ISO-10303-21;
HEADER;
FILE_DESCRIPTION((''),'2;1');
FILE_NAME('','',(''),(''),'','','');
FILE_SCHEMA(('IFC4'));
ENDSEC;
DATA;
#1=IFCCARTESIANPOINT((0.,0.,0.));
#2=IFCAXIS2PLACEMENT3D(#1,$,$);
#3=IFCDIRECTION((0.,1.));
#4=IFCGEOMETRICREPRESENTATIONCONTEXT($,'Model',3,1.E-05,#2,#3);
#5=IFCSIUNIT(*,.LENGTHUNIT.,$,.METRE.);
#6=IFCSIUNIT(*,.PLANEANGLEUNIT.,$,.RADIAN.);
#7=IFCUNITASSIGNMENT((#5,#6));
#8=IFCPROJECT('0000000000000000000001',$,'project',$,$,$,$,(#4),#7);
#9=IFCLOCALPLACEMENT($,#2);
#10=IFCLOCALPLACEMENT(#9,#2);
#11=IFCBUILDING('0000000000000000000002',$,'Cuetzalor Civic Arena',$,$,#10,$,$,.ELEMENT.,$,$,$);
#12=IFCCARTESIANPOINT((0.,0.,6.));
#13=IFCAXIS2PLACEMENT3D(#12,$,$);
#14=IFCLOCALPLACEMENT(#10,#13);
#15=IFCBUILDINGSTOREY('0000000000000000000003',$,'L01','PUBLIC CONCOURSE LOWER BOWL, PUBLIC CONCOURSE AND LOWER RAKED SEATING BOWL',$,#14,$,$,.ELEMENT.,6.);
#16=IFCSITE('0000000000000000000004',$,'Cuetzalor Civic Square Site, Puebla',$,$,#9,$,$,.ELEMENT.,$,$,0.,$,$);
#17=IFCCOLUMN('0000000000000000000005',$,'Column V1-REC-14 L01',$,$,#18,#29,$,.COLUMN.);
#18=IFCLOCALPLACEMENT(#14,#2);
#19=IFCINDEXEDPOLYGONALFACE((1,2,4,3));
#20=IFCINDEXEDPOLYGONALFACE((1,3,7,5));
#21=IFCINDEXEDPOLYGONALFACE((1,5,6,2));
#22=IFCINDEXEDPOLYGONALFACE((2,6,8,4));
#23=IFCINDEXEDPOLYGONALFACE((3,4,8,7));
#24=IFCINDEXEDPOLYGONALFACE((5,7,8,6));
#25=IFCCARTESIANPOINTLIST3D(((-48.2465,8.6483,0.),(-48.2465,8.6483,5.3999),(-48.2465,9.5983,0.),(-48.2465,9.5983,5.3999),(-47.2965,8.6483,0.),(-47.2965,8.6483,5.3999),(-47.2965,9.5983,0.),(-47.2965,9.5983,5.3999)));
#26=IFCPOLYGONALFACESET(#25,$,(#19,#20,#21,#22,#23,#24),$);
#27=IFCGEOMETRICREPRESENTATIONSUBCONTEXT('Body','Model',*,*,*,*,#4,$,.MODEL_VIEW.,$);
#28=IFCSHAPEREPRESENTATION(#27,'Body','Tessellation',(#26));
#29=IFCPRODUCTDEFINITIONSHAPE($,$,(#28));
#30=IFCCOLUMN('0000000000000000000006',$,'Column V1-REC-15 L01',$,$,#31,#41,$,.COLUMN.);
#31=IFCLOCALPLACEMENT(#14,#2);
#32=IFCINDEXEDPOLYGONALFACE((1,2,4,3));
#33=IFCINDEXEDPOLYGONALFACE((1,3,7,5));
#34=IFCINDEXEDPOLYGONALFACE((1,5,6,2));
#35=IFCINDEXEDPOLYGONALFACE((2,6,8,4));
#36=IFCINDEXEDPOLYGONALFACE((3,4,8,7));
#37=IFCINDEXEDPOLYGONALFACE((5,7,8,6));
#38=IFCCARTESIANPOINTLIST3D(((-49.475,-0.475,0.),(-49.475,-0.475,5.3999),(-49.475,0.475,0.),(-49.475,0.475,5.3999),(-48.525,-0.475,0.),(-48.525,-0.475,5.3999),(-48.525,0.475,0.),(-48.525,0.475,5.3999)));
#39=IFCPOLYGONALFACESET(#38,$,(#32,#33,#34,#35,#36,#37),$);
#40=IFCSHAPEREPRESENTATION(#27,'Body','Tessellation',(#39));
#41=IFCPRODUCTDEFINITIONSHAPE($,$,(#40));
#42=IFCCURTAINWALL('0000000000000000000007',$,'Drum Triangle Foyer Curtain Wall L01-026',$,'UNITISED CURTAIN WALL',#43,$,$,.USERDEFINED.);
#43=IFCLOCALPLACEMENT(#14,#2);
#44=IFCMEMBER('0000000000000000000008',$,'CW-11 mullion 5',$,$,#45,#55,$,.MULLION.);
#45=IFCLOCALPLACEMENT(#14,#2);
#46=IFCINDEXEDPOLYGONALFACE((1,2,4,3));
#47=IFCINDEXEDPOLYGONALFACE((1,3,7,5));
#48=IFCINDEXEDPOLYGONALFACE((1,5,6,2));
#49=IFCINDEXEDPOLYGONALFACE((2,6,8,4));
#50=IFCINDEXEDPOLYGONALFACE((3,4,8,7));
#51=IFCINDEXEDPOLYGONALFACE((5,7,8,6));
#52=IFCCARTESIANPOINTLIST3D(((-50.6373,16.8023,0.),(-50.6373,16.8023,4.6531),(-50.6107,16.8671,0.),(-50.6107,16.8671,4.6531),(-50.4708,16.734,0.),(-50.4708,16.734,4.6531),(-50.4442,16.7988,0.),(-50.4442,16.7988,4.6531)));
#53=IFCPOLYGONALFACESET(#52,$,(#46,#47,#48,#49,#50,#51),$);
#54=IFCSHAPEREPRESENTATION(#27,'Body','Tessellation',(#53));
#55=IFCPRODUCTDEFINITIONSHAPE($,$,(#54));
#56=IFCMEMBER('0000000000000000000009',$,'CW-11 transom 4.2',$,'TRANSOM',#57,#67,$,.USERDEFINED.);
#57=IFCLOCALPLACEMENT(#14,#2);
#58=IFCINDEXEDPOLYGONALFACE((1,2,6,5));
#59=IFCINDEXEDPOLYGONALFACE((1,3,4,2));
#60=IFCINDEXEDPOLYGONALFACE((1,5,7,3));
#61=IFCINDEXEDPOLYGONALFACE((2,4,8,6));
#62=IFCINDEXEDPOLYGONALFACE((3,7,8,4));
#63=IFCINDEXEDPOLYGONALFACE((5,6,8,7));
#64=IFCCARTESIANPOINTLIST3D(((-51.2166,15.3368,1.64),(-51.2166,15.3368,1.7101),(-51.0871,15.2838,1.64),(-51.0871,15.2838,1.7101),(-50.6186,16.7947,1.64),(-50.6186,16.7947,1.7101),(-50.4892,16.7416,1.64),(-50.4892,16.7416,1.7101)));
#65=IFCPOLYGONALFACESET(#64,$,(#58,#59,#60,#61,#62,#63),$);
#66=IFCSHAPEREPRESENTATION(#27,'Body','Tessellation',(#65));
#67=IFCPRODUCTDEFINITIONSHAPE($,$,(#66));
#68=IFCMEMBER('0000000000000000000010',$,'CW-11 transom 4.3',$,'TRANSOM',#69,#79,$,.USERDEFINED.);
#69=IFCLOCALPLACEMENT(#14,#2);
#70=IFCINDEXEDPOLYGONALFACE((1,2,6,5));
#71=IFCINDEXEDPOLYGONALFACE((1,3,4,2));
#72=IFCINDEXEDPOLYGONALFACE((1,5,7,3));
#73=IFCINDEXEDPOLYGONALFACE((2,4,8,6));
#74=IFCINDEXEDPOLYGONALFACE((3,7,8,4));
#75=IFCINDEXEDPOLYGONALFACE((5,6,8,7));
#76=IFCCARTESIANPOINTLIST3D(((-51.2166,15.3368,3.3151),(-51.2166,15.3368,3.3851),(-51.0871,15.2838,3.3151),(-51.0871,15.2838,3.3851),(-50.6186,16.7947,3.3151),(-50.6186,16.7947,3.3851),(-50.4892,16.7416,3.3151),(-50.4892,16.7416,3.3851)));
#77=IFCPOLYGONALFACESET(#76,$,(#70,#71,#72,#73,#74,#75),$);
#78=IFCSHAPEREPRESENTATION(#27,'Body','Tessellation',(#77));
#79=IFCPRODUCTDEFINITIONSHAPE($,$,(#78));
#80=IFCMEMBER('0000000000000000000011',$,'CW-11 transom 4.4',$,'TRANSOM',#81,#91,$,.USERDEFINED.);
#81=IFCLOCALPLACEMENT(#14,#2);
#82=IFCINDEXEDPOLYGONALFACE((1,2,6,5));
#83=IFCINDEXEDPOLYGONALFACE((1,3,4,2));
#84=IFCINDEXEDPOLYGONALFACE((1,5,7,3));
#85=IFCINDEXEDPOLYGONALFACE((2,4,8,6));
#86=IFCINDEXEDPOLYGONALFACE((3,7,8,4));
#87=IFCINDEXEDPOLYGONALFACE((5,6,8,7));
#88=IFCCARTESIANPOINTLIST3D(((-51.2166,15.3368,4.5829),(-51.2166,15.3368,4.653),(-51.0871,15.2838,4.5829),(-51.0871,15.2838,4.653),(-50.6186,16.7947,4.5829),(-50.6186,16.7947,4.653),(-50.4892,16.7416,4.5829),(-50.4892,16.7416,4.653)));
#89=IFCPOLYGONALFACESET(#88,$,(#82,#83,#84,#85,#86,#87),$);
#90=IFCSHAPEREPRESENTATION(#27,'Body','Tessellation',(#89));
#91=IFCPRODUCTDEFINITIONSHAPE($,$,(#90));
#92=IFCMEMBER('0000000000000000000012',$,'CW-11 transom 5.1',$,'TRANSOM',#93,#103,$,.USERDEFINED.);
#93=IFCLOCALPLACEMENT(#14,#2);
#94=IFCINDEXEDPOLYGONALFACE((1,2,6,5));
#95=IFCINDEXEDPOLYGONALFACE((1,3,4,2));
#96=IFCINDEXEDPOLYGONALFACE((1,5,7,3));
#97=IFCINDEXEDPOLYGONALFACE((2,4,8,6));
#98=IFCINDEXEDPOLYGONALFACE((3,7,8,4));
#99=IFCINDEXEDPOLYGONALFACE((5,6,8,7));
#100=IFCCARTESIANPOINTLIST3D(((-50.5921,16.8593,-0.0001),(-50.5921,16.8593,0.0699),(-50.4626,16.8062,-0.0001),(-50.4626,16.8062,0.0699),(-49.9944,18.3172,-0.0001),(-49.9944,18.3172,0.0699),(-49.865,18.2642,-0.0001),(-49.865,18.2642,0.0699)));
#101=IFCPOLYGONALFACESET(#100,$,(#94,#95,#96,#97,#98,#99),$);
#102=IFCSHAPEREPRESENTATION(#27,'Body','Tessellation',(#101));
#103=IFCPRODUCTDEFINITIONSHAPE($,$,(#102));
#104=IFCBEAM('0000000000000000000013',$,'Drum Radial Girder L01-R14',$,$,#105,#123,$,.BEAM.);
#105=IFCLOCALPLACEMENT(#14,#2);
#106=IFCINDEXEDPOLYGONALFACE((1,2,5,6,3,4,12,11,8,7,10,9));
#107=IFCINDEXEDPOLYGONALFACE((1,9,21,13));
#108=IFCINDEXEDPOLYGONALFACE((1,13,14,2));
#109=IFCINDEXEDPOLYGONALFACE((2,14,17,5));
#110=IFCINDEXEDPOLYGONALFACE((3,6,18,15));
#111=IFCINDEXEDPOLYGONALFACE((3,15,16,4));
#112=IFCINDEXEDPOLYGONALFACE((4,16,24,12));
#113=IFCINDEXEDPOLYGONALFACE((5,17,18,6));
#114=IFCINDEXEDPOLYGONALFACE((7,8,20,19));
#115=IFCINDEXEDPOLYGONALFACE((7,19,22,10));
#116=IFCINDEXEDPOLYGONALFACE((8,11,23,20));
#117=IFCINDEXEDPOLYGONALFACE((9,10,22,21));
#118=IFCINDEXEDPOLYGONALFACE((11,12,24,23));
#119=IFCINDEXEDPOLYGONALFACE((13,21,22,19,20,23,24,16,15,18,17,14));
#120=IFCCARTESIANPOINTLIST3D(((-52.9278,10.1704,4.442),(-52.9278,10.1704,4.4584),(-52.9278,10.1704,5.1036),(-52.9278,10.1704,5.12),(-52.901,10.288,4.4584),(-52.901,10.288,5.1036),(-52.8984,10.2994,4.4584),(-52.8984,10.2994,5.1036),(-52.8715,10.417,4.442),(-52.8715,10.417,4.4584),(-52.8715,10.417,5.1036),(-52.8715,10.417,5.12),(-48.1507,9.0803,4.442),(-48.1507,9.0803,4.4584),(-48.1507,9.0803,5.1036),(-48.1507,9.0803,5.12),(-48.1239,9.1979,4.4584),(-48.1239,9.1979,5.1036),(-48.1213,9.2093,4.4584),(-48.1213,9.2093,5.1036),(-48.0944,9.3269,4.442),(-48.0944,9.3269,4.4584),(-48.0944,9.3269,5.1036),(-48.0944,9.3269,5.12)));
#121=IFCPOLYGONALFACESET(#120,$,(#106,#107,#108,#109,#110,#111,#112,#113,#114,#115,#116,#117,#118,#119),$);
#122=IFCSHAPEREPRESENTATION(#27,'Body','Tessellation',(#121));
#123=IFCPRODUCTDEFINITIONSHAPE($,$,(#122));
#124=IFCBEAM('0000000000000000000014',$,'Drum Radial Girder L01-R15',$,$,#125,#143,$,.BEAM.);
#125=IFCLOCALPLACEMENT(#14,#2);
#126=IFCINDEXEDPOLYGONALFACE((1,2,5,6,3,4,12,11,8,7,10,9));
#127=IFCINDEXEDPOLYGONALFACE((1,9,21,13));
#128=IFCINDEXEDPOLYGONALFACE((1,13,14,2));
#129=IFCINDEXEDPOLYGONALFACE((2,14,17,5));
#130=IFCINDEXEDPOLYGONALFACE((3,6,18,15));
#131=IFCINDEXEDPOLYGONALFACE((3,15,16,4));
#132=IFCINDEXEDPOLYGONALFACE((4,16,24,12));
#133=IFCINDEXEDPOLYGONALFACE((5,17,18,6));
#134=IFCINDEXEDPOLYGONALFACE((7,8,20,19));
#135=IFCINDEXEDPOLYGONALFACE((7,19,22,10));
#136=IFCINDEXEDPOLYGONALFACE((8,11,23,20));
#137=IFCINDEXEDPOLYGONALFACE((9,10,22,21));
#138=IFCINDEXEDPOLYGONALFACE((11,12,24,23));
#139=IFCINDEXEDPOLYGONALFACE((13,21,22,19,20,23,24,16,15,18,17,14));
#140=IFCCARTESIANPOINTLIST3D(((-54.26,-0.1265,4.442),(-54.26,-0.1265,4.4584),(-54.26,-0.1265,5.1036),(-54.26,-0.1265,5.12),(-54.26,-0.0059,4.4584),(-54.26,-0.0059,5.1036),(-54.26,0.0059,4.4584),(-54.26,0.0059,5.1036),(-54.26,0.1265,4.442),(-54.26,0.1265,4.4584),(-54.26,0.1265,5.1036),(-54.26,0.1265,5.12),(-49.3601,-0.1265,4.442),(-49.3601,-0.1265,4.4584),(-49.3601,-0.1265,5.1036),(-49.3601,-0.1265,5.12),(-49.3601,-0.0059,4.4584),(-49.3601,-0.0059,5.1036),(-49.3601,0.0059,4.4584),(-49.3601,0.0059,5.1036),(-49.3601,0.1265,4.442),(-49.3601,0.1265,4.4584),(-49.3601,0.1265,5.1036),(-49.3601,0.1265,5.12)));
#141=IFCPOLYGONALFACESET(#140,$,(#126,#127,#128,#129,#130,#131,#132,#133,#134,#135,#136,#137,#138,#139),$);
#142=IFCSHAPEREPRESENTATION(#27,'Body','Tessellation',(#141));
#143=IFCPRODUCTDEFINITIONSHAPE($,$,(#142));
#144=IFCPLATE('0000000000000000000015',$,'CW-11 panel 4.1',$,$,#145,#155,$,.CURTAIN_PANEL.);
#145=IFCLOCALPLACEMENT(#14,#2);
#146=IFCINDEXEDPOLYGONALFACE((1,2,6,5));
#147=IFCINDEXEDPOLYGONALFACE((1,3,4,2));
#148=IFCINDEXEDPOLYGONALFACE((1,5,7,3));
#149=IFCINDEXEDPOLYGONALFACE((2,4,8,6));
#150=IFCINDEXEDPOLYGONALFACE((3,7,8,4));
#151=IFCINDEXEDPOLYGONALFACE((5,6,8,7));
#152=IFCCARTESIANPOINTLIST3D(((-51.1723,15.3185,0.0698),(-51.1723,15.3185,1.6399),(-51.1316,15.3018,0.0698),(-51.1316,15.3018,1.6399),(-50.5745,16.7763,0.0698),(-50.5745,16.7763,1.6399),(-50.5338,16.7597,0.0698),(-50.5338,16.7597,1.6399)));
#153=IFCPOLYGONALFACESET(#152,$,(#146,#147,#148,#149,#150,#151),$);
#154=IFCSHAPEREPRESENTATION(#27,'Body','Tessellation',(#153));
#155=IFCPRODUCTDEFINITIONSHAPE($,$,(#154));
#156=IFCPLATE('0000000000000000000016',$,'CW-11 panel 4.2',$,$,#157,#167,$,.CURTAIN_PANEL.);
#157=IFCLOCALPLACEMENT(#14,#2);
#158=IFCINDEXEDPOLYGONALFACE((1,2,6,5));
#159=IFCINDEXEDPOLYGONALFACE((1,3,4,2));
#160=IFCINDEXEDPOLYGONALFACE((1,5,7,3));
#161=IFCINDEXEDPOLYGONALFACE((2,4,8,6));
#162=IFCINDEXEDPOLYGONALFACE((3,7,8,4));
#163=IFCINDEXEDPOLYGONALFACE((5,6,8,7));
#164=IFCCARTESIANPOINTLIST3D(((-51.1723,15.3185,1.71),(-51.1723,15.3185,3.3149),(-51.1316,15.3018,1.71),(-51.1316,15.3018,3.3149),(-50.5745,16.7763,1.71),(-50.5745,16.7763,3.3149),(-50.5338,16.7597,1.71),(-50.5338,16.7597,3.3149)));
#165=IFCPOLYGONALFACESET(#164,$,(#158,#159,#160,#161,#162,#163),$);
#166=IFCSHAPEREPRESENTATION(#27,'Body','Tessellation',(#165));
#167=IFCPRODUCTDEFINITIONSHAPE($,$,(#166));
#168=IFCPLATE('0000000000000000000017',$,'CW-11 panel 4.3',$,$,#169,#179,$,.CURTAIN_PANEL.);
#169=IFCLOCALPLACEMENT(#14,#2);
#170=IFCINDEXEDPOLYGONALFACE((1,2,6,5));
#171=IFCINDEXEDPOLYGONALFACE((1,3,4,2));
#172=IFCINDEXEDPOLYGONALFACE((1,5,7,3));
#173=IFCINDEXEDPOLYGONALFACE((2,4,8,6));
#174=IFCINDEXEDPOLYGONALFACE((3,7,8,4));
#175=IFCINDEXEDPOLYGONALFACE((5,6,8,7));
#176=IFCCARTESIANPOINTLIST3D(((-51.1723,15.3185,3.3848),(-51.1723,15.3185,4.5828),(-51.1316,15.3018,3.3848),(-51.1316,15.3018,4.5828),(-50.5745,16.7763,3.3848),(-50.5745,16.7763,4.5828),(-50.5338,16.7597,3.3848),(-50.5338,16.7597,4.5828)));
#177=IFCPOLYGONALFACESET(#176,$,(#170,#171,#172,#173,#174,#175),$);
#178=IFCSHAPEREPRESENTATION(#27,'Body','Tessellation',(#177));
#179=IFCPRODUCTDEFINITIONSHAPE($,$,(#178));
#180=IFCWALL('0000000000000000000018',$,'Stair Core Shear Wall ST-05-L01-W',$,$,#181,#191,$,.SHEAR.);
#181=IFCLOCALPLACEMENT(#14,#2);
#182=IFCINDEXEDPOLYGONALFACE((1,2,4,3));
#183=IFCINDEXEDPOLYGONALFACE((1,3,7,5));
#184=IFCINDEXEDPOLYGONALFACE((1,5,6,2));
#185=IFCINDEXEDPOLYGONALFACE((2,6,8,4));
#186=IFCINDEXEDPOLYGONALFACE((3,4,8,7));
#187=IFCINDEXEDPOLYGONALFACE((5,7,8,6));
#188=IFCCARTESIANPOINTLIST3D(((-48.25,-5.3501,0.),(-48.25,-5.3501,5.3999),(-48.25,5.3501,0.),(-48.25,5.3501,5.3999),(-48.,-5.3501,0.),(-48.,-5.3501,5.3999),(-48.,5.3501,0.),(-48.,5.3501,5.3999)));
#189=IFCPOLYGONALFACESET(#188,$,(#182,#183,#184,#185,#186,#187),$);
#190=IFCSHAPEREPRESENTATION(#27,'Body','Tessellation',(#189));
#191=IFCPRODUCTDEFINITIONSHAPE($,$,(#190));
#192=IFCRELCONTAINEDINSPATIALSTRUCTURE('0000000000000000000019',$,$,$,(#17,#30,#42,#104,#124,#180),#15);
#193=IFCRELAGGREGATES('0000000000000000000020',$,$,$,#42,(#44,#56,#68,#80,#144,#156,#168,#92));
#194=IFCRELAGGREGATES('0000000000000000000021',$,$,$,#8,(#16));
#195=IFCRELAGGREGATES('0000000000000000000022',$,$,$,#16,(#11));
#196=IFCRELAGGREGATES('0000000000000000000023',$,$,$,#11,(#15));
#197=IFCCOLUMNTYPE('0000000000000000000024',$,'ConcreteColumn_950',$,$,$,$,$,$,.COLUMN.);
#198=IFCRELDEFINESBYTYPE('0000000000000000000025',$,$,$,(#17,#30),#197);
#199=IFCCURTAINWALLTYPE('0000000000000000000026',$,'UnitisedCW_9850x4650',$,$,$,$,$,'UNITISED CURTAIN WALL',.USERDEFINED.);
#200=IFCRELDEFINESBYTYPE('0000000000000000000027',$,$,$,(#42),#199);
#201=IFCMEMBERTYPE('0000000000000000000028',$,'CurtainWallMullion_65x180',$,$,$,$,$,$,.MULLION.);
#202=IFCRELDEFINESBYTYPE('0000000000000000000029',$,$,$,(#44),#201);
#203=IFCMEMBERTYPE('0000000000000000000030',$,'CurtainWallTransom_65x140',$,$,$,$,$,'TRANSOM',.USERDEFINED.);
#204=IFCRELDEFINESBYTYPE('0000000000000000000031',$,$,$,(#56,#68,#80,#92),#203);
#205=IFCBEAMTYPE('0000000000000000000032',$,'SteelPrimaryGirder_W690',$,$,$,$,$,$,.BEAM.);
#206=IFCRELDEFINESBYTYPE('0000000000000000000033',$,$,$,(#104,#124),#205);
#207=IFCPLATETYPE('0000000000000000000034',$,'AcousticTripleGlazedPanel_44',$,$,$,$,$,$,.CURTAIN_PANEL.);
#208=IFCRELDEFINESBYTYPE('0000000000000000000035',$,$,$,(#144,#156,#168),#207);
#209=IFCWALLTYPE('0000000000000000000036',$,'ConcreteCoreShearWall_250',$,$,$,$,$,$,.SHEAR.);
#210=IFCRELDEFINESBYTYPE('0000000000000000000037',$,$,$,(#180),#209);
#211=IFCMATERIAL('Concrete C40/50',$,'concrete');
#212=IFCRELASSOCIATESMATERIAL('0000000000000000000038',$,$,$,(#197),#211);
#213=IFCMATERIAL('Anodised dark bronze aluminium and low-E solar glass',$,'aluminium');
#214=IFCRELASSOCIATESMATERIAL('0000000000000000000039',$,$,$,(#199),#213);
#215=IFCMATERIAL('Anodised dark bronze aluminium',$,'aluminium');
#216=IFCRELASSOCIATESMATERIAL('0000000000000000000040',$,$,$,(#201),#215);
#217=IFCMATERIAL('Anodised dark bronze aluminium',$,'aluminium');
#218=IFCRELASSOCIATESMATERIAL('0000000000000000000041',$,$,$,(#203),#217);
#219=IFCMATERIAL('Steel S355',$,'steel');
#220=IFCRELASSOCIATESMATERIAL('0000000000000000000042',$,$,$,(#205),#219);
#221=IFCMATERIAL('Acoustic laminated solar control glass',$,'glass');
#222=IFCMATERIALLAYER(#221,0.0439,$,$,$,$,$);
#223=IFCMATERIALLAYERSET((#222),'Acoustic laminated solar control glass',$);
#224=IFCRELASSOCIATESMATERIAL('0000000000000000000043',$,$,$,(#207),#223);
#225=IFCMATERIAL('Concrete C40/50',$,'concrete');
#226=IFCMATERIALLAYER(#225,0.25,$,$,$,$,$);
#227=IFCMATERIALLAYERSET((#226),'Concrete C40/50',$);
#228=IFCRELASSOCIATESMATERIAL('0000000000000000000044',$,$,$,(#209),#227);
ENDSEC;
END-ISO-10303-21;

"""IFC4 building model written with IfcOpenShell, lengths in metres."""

from ifc_helpers import new_model, si_unit, direction, frame, frame_2d, origin, origin_2d, place, context, subcontext, project, spatial, rectangle, i_section, extrude, material, layer, layer_set, material_profile, profile_set, type_object, element, aggregate, save


model = new_model("IFC4")

# Units and contexts
model_context = context("Model", 3, precision=1e-05, world=origin(), true_north=direction((0.0, 1.0)))
body_context = subcontext(model_context, "Body", "Model", "MODEL_VIEW")
ifc_project = project(units=[si_unit("LENGTHUNIT", "METRE"), si_unit("PLANEANGLEUNIT", "RADIAN")], contexts=[model_context])

# Site, building, storey
site_placement = place(None, origin())
site = spatial("IfcSite", under=ifc_project, at=site_placement, Name="Cuetzalor Civic Square Site, Puebla", CompositionType="ELEMENT", RefElevation=0.0)
building_placement = place(site_placement, origin())
building = spatial("IfcBuilding", under=site, at=building_placement, Name="Cuetzalor Civic Arena", CompositionType="ELEMENT")
storey_placement = place(building_placement, frame((0.0, 0.0, 6.0)))
storey = spatial("IfcBuildingStorey", under=building, at=storey_placement, Name="L01", Description="PUBLIC CONCOURSE LOWER BOWL, PUBLIC CONCOURSE AND LOWER RAKED SEATING BOWL", CompositionType="ELEMENT", Elevation=6.0)

# Columns
ifc_material_1 = material(Name="Concrete C40/50", Category="concrete")
ifc_material_profile_1 = material_profile(ifc_material_1, rectangle(XDim=0.95, YDim=0.95, at=origin_2d()), Name="RC 950x950")
ifc_profile_set_1 = profile_set([ifc_material_profile_1], Name="Concrete C40/50")
column_type = type_object("IfcColumnType", Name="ConcreteColumn_950", PredefinedType="COLUMN", material=ifc_profile_set_1)
for number, where, z_axis, x_axis, name in (
    (1, (-47.7715, 9.1233, 0.0), (0.0, 0.0, 1.0), (1.0, 0.0, 0.0), "Column V1-REC-14 L01"),
    (2, (-49.0, 0.0, 0.0), (0.0, 0.0, 1.0), (1.0, 0.0, 0.0), "Column V1-REC-15 L01"),
):
    element("IfcColumn", number, at=place(storey_placement, frame(where, z_axis=z_axis, x_axis=x_axis)), inside=storey, type_object=column_type, Name=name, PredefinedType="COLUMN", context=body_context, shape_type="SweptSolid", body=[
        extrude(rectangle(XDim=0.95, YDim=0.95, at=origin_2d()), origin(), (0.0, 0.0, 1.0), 5.3999),
    ])

# Curtain wall, members
ifc_material_2 = material(Name="Anodised dark bronze aluminium and low-E solar glass", Category="aluminium")
curtain_wall_type = type_object("IfcCurtainWallType", Name="UnitisedCW_9850x4650", ElementType="UNITISED CURTAIN WALL", PredefinedType="USERDEFINED", material=ifc_material_2)
curtain_wall_placement = place(storey_placement, origin())
curtain_wall = element("IfcCurtainWall", 3, at=curtain_wall_placement, inside=storey, type_object=curtain_wall_type, Name="Drum Triangle Foyer Curtain Wall L01-026", ObjectType="UNITISED CURTAIN WALL", PredefinedType="USERDEFINED")
ifc_material_3 = material(Name="Anodised dark bronze aluminium", Category="aluminium")
ifc_material_profile_2 = material_profile(ifc_material_3, rectangle(XDim=0.0701, YDim=0.1799, at=origin_2d()), Name="ALU MULLION 70x180")
ifc_profile_set_2 = profile_set([ifc_material_profile_2], Name="Anodised dark bronze aluminium")
member_type_1 = type_object("IfcMemberType", Name="CurtainWallMullion_65x180", PredefinedType="MULLION", material=ifc_profile_set_2)
member_1_placement = place(storey_placement, frame((-50.5408, 16.8005, 0.0), z_axis=(0.0, 0.0, 1.0), x_axis=(0.379391, 0.925236, 0.0)))
member_1 = element("IfcMember", 4, at=member_1_placement, type_object=member_type_1, Name="CW-11 mullion 5", PredefinedType="MULLION", context=body_context, shape_type="SweptSolid", body=[
    extrude(rectangle(XDim=0.0701, YDim=0.1799, at=origin_2d()), origin(), (0.0, 0.0, 1.0), 4.6531),
])
ifc_material_4 = material(Name="Anodised dark bronze aluminium", Category="aluminium")
ifc_material_profile_3 = material_profile(ifc_material_4, rectangle(XDim=0.1399, YDim=0.0701, at=origin_2d()), Name="ALU TRANSOM 70x140")
ifc_profile_set_3 = profile_set([ifc_material_profile_3], Name="Anodised dark bronze aluminium")
member_type_2 = type_object("IfcMemberType", Name="CurtainWallTransom_65x140", ElementType="TRANSOM", PredefinedType="USERDEFINED", material=ifc_profile_set_3)
member_2_placement = place(storey_placement, frame((-51.1519, 15.3103, 1.675), z_axis=(0.379471, 0.925203, 0.0), x_axis=(-0.925203, 0.379471, 0.0)))
member_2 = element("IfcMember", 5, at=member_2_placement, type_object=member_type_2, Name="CW-11 transom 4.2", ObjectType="TRANSOM", PredefinedType="USERDEFINED", context=body_context, shape_type="SweptSolid", body=[
    extrude(rectangle(XDim=0.1399, YDim=0.0701, at=origin_2d()), origin(), (0.0, 0.0, 1.0), 1.5757),
])
member_3_placement = place(storey_placement, frame((-51.1519, 15.3103, 3.3501), z_axis=(0.379471, 0.925203, 0.0), x_axis=(-0.925203, 0.379471, 0.0)))
member_3 = element("IfcMember", 6, at=member_3_placement, type_object=member_type_2, Name="CW-11 transom 4.3", ObjectType="TRANSOM", PredefinedType="USERDEFINED", context=body_context, shape_type="SweptSolid", body=[
    extrude(rectangle(XDim=0.1399, YDim=0.0701, at=origin_2d()), origin(), (0.0, 0.0, 1.0), 1.5757),
])
member_4_placement = place(storey_placement, frame((-51.1519, 15.3103, 4.6179), z_axis=(0.379471, 0.925203, 0.0), x_axis=(-0.925203, 0.379471, 0.0)))
member_4 = element("IfcMember", 7, at=member_4_placement, type_object=member_type_2, Name="CW-11 transom 4.4", ObjectType="TRANSOM", PredefinedType="USERDEFINED", context=body_context, shape_type="SweptSolid", body=[
    extrude(rectangle(XDim=0.1399, YDim=0.0701, at=origin_2d()), origin(), (0.0, 0.0, 1.0), 1.5757),
])
member_5_placement = place(storey_placement, frame((-50.5273, 16.8328, 0.0349), z_axis=(0.379284, 0.92528, 0.0), x_axis=(-0.92528, 0.379284, 0.0)))
member_5 = element("IfcMember", 8, at=member_5_placement, type_object=member_type_2, Name="CW-11 transom 5.1", ObjectType="TRANSOM", PredefinedType="USERDEFINED", context=body_context, shape_type="SweptSolid", body=[
    extrude(rectangle(XDim=0.1399, YDim=0.0701, at=origin_2d()), origin(), (0.0, 0.0, 1.0), 1.5757),
])

# Beams
ifc_material_5 = material(Name="Steel S355", Category="steel")
ifc_material_profile_4 = material_profile(ifc_material_5, i_section(OverallWidth=0.2529, OverallDepth=0.678, WebThickness=0.0117, FlangeThickness=0.0164, at=origin_2d()), Name="W690x125")
ifc_profile_set_4 = profile_set([ifc_material_profile_4], Name="Steel S355")
beam_type = type_object("IfcBeamType", Name="SteelPrimaryGirder_W690", PredefinedType="BEAM", material=ifc_profile_set_4)
for number, where, z_axis, x_axis, name in (
    (9, (-48.1226, 9.2036, 4.781), (-0.974939, 0.222472, 0.0), (-0.222472, -0.974939, 0.0), "Drum Radial Girder L01-R14"),
    (10, (-49.3601, 0.0, 4.781), (-1.0, 0.0, 0.0), (0.0, -1.0, 0.0), "Drum Radial Girder L01-R15"),
):
    element("IfcBeam", number, at=place(storey_placement, frame(where, z_axis=z_axis, x_axis=x_axis)), inside=storey, type_object=beam_type, Name=name, PredefinedType="BEAM", context=body_context, shape_type="SweptSolid", body=[
        extrude(i_section(OverallWidth=0.2529, OverallDepth=0.678, WebThickness=0.0117, FlangeThickness=0.0164, at=origin_2d()), origin(), (0.0, 0.0, 1.0), 4.8999),
    ])

# Plates
ifc_material_6 = material(Name="Acoustic laminated solar control glass", Category="glass")
ifc_layer_1 = layer(ifc_material_6, 0.0439)
ifc_layer_set_1 = layer_set([ifc_layer_1], Name="Acoustic laminated solar control glass")
plate_type = type_object("IfcPlateType", Name="AcousticTripleGlazedPanel_44", PredefinedType="CURTAIN_PANEL", material=ifc_layer_set_1)
plate_1_placement = place(storey_placement, frame((-50.853, 16.0391, 0.0698), z_axis=(0.0, 0.0, 1.0), x_axis=(0.379391, 0.925236, 0.0)))
plate_1 = element("IfcPlate", 11, at=plate_1_placement, type_object=plate_type, Name="CW-11 panel 4.1", PredefinedType="CURTAIN_PANEL", context=body_context, shape_type="SweptSolid", body=[
    extrude(rectangle(XDim=1.5757, YDim=0.0439, at=origin_2d()), origin(), (0.0, 0.0, 1.0), 1.5701),
])
plate_2_placement = place(storey_placement, frame((-50.853, 16.0391, 1.71), z_axis=(0.0, 0.0, 1.0), x_axis=(0.379391, 0.925236, 0.0)))
plate_2 = element("IfcPlate", 12, at=plate_2_placement, type_object=plate_type, Name="CW-11 panel 4.2", PredefinedType="CURTAIN_PANEL", context=body_context, shape_type="SweptSolid", body=[
    extrude(rectangle(XDim=1.5757, YDim=0.0439, at=origin_2d()), origin(), (0.0, 0.0, 1.0), 1.605),
])
plate_3_placement = place(storey_placement, frame((-50.853, 16.0391, 3.3848), z_axis=(0.0, 0.0, 1.0), x_axis=(0.379391, 0.925236, 0.0)))
plate_3 = element("IfcPlate", 13, at=plate_3_placement, type_object=plate_type, Name="CW-11 panel 4.3", PredefinedType="CURTAIN_PANEL", context=body_context, shape_type="SweptSolid", body=[
    extrude(rectangle(XDim=1.5757, YDim=0.0439, at=origin_2d()), origin(), (0.0, 0.0, 1.0), 1.198),
])
aggregate(curtain_wall, [member_1, member_2, member_3, member_4, plate_1, plate_2, plate_3, member_5])

# Wall
ifc_material_7 = material(Name="Concrete C40/50", Category="concrete")
ifc_layer_2 = layer(ifc_material_7, 0.25)
ifc_layer_set_2 = layer_set([ifc_layer_2], Name="Concrete C40/50")
wall_type = type_object("IfcWallType", Name="ConcreteCoreShearWall_250", PredefinedType="SHEAR", material=ifc_layer_set_2)
wall_1_placement = place(storey_placement, frame((-48.125, -5.3501, 0.0), z_axis=(0.0, 0.0, 1.0), x_axis=(0.0, 1.0, 0.0)))
element("IfcWall", 14, at=wall_1_placement, inside=storey, type_object=wall_type, Name="Stair Core Shear Wall ST-05-L01-W", PredefinedType="SHEAR", context=body_context, shape_type="SweptSolid", body=[
    extrude(rectangle(XDim=10.7002, YDim=0.25, at=frame_2d((5.3501, 0.0))), origin(), (0.0, 0.0, 1.0), 5.3999),
])

save(model, "model.ifc")
